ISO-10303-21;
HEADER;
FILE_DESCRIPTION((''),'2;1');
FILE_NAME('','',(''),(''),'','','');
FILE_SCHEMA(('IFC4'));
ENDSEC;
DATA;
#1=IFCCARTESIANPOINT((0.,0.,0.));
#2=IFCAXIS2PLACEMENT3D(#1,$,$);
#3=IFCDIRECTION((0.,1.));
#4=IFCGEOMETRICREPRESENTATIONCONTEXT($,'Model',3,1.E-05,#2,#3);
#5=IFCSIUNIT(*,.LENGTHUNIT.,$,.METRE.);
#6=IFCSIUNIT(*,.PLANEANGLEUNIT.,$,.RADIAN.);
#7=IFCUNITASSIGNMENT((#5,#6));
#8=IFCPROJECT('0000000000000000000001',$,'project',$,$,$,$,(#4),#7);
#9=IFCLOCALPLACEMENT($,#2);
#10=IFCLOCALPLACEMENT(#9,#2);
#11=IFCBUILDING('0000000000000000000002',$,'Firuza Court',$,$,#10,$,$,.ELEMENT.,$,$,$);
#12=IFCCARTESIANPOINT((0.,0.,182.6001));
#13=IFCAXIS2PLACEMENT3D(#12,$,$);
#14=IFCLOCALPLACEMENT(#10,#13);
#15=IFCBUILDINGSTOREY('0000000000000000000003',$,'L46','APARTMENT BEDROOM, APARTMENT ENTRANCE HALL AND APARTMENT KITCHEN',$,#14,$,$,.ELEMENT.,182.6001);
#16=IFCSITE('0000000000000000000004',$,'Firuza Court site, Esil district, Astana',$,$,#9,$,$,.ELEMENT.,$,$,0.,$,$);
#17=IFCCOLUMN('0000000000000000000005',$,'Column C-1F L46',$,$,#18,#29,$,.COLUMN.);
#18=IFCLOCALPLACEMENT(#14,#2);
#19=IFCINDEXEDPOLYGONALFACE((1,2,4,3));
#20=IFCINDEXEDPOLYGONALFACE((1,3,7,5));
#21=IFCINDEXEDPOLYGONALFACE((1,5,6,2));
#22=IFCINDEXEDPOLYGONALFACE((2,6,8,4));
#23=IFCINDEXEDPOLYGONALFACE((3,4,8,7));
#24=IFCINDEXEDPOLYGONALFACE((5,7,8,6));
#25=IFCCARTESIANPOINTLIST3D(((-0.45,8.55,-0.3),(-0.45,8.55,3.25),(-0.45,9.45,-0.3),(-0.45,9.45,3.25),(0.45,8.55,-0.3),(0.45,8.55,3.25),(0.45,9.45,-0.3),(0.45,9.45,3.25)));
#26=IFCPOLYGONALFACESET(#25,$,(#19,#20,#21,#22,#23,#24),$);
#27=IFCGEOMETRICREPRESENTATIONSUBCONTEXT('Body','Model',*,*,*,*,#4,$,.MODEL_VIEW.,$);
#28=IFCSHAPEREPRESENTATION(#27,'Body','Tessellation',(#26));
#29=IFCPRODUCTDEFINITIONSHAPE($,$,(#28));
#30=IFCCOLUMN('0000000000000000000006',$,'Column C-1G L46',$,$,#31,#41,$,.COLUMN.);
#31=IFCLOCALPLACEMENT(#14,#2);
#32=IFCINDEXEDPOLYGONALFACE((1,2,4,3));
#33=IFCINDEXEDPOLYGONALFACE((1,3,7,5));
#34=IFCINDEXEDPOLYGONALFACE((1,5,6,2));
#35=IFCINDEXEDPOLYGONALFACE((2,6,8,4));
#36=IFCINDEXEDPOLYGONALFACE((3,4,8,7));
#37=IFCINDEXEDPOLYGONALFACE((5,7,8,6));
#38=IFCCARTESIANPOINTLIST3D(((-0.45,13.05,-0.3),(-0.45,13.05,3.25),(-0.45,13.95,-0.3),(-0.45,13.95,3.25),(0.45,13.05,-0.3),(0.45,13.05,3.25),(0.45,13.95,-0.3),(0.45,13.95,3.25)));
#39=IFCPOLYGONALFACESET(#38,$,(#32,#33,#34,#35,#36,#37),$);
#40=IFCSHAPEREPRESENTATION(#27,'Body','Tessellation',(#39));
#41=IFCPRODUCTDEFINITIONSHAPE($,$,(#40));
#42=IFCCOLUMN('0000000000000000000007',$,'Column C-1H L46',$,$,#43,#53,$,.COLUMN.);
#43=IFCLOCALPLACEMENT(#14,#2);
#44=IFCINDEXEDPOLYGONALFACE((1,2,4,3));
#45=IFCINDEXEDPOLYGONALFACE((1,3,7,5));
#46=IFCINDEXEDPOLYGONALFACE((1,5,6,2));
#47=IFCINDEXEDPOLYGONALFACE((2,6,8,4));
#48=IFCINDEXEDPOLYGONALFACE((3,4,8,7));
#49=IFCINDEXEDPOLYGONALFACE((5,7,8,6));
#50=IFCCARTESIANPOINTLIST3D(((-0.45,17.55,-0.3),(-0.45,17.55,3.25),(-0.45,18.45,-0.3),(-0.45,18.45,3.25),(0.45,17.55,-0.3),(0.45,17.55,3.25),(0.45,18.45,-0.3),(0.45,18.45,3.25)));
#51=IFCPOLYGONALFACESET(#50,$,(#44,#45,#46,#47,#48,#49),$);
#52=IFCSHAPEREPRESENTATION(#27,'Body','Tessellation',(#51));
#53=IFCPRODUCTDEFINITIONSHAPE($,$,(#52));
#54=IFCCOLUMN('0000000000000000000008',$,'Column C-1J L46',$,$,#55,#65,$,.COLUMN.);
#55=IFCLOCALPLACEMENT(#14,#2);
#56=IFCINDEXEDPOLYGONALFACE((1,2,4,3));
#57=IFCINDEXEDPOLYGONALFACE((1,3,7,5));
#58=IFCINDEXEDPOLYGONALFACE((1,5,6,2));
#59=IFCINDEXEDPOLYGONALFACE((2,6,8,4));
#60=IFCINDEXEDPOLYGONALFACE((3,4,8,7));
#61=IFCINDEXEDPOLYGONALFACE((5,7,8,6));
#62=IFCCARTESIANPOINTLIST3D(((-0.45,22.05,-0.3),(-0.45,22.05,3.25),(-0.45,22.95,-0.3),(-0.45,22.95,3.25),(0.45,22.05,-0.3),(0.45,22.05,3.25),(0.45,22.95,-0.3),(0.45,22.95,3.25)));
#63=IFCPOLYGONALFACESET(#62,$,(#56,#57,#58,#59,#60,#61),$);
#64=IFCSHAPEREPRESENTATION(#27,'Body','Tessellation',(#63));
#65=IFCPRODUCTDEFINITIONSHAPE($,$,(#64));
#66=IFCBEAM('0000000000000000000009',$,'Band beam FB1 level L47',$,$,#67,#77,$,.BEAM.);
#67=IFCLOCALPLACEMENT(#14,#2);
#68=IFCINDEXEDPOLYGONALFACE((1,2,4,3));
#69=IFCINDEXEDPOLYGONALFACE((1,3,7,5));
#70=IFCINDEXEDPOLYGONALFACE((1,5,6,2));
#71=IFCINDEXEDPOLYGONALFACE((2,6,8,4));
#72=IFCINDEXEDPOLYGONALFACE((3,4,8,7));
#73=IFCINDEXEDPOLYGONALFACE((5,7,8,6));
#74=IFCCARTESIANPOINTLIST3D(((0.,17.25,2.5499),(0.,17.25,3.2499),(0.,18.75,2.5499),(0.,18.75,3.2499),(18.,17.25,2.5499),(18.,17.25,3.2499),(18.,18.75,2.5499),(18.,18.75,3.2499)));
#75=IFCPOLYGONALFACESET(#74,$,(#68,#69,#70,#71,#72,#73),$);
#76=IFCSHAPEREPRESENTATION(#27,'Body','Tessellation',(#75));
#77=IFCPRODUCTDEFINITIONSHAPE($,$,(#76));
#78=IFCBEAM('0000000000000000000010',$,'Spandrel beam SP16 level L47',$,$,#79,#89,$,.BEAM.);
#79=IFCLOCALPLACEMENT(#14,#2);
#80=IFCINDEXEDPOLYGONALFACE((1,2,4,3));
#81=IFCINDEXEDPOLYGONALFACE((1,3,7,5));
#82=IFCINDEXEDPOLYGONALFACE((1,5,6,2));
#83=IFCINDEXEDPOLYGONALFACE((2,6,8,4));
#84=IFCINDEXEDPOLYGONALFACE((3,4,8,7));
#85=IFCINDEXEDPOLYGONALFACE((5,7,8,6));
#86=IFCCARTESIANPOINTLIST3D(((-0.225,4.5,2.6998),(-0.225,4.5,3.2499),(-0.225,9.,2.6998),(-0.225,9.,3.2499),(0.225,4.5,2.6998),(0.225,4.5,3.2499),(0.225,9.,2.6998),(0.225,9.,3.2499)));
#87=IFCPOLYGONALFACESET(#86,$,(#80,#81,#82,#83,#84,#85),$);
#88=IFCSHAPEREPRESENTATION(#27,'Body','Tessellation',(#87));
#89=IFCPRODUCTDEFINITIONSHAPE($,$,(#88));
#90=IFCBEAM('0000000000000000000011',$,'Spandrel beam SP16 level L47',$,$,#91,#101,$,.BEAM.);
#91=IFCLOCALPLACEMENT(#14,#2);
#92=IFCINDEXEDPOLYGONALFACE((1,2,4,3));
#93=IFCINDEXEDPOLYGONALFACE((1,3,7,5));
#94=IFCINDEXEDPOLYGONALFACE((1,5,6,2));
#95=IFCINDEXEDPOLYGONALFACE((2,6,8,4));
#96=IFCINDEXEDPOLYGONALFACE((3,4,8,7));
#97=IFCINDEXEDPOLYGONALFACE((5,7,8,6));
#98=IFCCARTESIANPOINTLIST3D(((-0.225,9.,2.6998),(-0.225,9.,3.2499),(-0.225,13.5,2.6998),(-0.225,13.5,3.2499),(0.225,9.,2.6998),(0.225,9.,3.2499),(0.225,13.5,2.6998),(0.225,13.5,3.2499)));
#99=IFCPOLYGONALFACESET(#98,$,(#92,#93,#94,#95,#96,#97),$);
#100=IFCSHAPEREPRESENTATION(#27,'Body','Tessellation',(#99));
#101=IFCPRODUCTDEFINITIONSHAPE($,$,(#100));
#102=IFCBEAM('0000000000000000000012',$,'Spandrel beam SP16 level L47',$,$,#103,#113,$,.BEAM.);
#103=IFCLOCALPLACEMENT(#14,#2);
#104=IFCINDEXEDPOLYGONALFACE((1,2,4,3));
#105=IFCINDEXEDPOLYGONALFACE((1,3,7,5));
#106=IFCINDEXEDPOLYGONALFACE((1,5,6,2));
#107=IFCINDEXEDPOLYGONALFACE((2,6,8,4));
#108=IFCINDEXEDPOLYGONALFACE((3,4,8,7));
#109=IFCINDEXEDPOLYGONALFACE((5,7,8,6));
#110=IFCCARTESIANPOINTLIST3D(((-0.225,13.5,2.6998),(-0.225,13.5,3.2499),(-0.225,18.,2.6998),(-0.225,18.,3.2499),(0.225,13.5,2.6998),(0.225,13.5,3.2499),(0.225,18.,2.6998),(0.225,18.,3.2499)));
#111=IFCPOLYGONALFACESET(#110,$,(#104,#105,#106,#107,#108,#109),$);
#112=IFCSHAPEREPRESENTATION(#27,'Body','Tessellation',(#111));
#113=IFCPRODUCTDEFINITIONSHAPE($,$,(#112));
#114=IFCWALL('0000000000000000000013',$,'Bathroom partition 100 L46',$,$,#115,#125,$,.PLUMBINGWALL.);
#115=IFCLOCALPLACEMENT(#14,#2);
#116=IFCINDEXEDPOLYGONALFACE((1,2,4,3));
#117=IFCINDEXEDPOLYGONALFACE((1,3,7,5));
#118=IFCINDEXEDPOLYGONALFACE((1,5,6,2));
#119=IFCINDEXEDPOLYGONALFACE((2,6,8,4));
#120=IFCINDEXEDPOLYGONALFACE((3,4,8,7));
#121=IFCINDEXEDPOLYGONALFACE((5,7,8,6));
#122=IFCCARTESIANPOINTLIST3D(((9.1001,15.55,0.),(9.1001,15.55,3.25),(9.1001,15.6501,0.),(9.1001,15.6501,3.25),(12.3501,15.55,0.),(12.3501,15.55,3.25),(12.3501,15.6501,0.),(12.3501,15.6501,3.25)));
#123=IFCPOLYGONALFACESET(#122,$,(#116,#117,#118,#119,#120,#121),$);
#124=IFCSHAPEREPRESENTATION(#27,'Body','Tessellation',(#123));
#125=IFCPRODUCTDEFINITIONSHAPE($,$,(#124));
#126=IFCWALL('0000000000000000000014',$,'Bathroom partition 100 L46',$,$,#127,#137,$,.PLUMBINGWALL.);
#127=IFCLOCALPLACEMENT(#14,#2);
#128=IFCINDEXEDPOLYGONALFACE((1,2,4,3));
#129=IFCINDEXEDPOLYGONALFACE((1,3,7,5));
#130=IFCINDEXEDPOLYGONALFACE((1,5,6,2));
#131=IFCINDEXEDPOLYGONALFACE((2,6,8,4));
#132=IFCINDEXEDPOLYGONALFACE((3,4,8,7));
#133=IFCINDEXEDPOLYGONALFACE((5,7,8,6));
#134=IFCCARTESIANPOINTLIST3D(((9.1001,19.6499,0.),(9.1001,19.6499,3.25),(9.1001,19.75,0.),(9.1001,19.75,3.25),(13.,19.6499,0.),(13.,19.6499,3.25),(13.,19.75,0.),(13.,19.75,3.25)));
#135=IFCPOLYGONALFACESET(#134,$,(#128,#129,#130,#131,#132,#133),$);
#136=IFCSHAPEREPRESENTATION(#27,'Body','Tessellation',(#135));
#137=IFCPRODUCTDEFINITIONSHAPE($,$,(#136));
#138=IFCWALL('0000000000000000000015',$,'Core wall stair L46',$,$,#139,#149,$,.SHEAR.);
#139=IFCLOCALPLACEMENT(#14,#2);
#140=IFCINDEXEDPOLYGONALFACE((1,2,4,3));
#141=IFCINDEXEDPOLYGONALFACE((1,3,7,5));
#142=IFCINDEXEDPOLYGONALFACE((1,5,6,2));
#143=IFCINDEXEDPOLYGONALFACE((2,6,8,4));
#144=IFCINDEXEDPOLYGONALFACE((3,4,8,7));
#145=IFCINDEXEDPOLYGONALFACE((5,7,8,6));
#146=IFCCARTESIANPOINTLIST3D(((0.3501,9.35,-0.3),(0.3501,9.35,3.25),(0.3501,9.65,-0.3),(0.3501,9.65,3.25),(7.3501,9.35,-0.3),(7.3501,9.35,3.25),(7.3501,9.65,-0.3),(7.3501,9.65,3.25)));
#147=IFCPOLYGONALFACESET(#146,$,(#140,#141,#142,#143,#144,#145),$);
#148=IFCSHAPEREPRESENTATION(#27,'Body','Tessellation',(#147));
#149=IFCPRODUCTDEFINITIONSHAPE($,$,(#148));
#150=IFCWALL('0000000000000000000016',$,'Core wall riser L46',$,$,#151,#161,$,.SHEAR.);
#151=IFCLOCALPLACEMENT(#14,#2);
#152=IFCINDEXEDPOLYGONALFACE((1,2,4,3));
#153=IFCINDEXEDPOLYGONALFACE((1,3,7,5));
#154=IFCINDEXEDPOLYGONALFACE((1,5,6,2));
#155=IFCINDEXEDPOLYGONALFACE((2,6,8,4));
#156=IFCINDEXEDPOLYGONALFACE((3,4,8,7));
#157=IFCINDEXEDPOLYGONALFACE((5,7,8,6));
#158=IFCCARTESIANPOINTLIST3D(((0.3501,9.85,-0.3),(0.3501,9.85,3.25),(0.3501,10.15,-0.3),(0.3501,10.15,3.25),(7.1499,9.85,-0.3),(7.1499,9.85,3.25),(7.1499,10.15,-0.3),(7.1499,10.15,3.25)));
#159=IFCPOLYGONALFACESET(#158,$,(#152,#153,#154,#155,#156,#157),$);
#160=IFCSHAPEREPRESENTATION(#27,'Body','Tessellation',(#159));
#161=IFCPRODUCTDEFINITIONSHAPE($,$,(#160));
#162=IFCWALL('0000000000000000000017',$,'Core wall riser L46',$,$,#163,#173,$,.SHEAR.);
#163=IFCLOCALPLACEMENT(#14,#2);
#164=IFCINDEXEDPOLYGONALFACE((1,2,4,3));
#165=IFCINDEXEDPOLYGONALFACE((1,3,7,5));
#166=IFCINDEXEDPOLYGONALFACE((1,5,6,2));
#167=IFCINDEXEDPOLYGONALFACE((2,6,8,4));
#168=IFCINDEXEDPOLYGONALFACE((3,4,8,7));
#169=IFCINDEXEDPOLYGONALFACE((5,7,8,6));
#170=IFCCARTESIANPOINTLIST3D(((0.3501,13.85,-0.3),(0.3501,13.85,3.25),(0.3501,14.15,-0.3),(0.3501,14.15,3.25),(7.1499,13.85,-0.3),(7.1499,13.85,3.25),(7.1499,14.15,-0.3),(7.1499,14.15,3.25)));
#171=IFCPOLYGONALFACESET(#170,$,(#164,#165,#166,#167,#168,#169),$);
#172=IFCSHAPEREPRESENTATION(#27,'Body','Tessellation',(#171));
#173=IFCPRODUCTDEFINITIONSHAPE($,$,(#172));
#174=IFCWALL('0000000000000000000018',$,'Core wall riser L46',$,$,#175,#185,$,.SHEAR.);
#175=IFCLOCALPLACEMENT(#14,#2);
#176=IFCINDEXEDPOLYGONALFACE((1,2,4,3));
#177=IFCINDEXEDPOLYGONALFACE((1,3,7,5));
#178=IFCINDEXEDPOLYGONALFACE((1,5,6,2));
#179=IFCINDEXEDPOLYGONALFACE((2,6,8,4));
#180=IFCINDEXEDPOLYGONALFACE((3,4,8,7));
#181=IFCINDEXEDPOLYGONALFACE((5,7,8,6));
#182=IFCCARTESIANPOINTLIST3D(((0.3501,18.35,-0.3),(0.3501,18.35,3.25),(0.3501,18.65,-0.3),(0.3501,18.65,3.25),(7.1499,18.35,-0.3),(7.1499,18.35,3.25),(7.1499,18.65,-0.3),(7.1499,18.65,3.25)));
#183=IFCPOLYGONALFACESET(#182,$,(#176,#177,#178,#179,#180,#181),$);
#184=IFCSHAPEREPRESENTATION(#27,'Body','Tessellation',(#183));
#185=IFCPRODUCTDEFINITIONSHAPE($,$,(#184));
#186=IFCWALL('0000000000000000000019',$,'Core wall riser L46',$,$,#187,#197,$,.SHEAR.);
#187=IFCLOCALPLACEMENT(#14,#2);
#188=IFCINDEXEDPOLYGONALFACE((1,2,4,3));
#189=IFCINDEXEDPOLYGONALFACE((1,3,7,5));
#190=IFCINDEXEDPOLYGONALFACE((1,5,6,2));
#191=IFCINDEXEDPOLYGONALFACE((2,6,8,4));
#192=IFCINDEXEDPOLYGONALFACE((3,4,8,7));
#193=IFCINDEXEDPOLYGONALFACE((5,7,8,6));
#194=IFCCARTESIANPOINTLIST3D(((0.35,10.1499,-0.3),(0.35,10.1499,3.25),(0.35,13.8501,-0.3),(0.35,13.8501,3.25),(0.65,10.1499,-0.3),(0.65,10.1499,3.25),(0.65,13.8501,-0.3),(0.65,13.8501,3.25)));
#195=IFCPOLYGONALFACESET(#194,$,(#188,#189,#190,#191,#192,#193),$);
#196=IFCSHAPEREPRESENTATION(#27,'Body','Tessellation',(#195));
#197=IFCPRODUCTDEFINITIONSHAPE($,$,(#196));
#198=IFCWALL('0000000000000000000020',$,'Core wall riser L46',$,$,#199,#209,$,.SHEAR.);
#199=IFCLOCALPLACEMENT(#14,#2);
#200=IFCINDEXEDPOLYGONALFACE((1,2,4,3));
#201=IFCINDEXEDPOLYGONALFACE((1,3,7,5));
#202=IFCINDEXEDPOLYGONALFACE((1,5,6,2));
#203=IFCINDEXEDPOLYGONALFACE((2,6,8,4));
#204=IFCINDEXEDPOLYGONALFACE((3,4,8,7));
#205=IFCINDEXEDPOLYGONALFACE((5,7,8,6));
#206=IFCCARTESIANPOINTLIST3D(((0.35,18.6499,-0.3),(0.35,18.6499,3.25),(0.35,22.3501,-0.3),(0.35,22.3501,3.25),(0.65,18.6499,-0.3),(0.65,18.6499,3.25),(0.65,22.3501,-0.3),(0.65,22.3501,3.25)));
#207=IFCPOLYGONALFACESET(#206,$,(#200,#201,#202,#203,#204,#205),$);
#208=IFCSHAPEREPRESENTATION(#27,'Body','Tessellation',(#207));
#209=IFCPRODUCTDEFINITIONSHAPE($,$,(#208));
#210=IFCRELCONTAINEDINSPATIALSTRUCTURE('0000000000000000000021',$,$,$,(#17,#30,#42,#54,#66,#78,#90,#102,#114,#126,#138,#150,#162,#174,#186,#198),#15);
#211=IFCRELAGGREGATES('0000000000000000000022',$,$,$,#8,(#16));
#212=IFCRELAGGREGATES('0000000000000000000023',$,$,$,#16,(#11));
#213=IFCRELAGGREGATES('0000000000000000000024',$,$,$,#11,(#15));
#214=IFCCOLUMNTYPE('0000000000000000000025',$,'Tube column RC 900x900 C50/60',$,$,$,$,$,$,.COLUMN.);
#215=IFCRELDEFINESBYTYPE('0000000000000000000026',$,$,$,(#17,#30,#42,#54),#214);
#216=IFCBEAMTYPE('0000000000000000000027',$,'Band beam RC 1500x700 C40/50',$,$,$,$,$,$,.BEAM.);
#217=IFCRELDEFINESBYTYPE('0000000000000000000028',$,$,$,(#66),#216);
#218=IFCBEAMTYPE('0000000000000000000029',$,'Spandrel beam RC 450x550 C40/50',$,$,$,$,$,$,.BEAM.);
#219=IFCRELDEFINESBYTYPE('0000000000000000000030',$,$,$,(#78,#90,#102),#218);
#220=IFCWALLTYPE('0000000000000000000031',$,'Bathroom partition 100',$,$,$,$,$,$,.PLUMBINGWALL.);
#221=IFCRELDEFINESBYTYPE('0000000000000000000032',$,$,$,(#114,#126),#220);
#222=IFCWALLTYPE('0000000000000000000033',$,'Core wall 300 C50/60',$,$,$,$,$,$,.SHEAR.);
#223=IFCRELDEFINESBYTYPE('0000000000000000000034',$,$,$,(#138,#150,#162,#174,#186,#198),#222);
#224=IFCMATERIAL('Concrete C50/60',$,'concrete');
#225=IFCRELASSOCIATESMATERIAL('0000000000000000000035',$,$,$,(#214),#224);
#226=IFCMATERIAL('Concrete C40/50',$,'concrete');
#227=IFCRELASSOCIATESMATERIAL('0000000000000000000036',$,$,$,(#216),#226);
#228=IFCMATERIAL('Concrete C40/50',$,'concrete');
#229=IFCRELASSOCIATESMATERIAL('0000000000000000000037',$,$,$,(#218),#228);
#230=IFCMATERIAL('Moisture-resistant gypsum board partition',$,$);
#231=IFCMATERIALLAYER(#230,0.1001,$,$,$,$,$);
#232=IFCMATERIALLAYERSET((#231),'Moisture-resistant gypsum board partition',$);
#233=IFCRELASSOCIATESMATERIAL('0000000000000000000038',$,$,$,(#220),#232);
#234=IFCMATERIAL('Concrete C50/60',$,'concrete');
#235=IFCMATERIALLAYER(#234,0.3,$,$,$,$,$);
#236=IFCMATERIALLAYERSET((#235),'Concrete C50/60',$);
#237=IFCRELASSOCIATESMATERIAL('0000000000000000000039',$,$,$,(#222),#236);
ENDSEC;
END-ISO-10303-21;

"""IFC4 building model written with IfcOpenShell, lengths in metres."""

from ifc_helpers import new_model, si_unit, direction, frame, frame_2d, origin, origin_2d, place, context, subcontext, project, spatial, rectangle, extrude, material, layer, layer_set, material_profile, profile_set, type_object, element, save


model = new_model("IFC4")

# Units and contexts
model_context = context("Model", 3, precision=1e-05, world=origin(), true_north=direction((0.0, 1.0)))
body_context = subcontext(model_context, "Body", "Model", "MODEL_VIEW")
ifc_project = project(units=[si_unit("LENGTHUNIT", "METRE"), si_unit("PLANEANGLEUNIT", "RADIAN")], contexts=[model_context])

# Site, building, storey
site_placement = place(None, origin())
site = spatial("IfcSite", under=ifc_project, at=site_placement, Name="Firuza Court site, Esil district, Astana", CompositionType="ELEMENT", RefElevation=0.0)
building_placement = place(site_placement, origin())
building = spatial("IfcBuilding", under=site, at=building_placement, Name="Firuza Court", CompositionType="ELEMENT")
storey_placement = place(building_placement, frame((0.0, 0.0, 182.6001)))
storey = spatial("IfcBuildingStorey", under=building, at=storey_placement, Name="L46", Description="APARTMENT BEDROOM, APARTMENT ENTRANCE HALL AND APARTMENT KITCHEN", CompositionType="ELEMENT", Elevation=182.6001)

# Columns
ifc_material_1 = material(Name="Concrete C50/60", Category="concrete")
ifc_material_profile_1 = material_profile(ifc_material_1, rectangle(XDim=0.8999, YDim=0.8999, at=origin_2d()), Name="RC 900x900")
ifc_profile_set_1 = profile_set([ifc_material_profile_1], Name="Concrete C50/60")
column_type = type_object("IfcColumnType", Name="Tube column RC 900x900 C50/60", PredefinedType="COLUMN", material=ifc_profile_set_1)
for number, where, z_axis, x_axis, name in (
    (1, (0.0, 9.0, -0.3), (0.0, 0.0, 1.0), (1.0, 0.0, 0.0), "Column C-1F L46"),
    (2, (0.0, 13.5, -0.3), (0.0, 0.0, 1.0), (1.0, 0.0, 0.0), "Column C-1G L46"),
    (3, (0.0, 18.0, -0.3), (0.0, 0.0, 1.0), (1.0, 0.0, 0.0), "Column C-1H L46"),
    (4, (0.0, 22.5, -0.3), (0.0, 0.0, 1.0), (1.0, 0.0, 0.0), "Column C-1J L46"),
):
    element("IfcColumn", number, at=place(storey_placement, frame(where, z_axis=z_axis, x_axis=x_axis)), inside=storey, type_object=column_type, Name=name, PredefinedType="COLUMN", context=body_context, shape_type="SweptSolid", body=[
        extrude(rectangle(XDim=0.8999, YDim=0.8999, at=origin_2d()), origin(), (0.0, 0.0, 1.0), 3.55),
    ])

# Beams
ifc_material_2 = material(Name="Concrete C40/50", Category="concrete")
ifc_material_profile_2 = material_profile(ifc_material_2, rectangle(XDim=1.5, YDim=0.7, at=origin_2d()), Name="RC 1500x700")
ifc_profile_set_2 = profile_set([ifc_material_profile_2], Name="Concrete C40/50")
beam_type_1 = type_object("IfcBeamType", Name="Band beam RC 1500x700 C40/50", PredefinedType="BEAM", material=ifc_profile_set_2)
beam_placement = place(storey_placement, frame((0.0, 18.0, 2.8999), z_axis=(1.0, 0.0, 0.0), x_axis=(0.0, 1.0, 0.0)))
element("IfcBeam", 5, at=beam_placement, inside=storey, type_object=beam_type_1, Name="Band beam FB1 level L47", PredefinedType="BEAM", context=body_context, shape_type="SweptSolid", body=[
    extrude(rectangle(XDim=1.5, YDim=0.7, at=origin_2d()), origin(), (0.0, 0.0, 1.0), 18.0),
])
ifc_material_3 = material(Name="Concrete C40/50", Category="concrete")
ifc_material_profile_3 = material_profile(ifc_material_3, rectangle(XDim=0.45, YDim=0.55, at=origin_2d()), Name="RC 450x550")
ifc_profile_set_3 = profile_set([ifc_material_profile_3], Name="Concrete C40/50")
beam_type_2 = type_object("IfcBeamType", Name="Spandrel beam RC 450x550 C40/50", PredefinedType="BEAM", material=ifc_profile_set_3)
for number, where, z_axis, x_axis, name in (
    (6, (0.0, 9.0, 2.9749), (0.0, -1.0, 0.0), (1.0, 0.0, 0.0), "Spandrel beam SP16 level L47"),
    (7, (0.0, 13.5, 2.9749), (0.0, -1.0, 0.0), (1.0, 0.0, 0.0), "Spandrel beam SP16 level L47"),
    (8, (0.0, 18.0, 2.9749), (0.0, -1.0, 0.0), (1.0, 0.0, 0.0), "Spandrel beam SP16 level L47"),
):
    element("IfcBeam", number, at=place(storey_placement, frame(where, z_axis=z_axis, x_axis=x_axis)), inside=storey, type_object=beam_type_2, Name=name, PredefinedType="BEAM", context=body_context, shape_type="SweptSolid", body=[
        extrude(rectangle(XDim=0.45, YDim=0.55, at=origin_2d()), origin(), (0.0, 0.0, 1.0), 4.5),
    ])

# Walls
ifc_material_4 = material(Name="Moisture-resistant gypsum board partition")
ifc_layer_1 = layer(ifc_material_4, 0.1001)
ifc_layer_set_1 = layer_set([ifc_layer_1], Name="Moisture-resistant gypsum board partition")
wall_type_1 = type_object("IfcWallType", Name="Bathroom partition 100", PredefinedType="PLUMBINGWALL", material=ifc_layer_set_1)
wall_1_placement = place(storey_placement, frame((9.1001, 15.6001, 0.0), z_axis=(0.0, 0.0, 1.0), x_axis=(1.0, 0.0, 0.0)))
element("IfcWall", 9, at=wall_1_placement, inside=storey, type_object=wall_type_1, Name="Bathroom partition 100 L46", PredefinedType="PLUMBINGWALL", context=body_context, shape_type="SweptSolid", body=[
    extrude(rectangle(XDim=3.25, YDim=0.1001, at=frame_2d((1.625, 0.0))), origin(), (0.0, 0.0, 1.0), 3.25),
])
wall_2_placement = place(storey_placement, frame((9.1001, 19.7, 0.0), z_axis=(0.0, 0.0, 1.0), x_axis=(1.0, 0.0, 0.0)))
element("IfcWall", 10, at=wall_2_placement, inside=storey, type_object=wall_type_1, Name="Bathroom partition 100 L46", PredefinedType="PLUMBINGWALL", context=body_context, shape_type="SweptSolid", body=[
    extrude(rectangle(XDim=3.8999, YDim=0.1001, at=frame_2d((1.95, 0.0))), origin(), (0.0, 0.0, 1.0), 3.25),
])
ifc_material_5 = material(Name="Concrete C50/60", Category="concrete")
ifc_layer_2 = layer(ifc_material_5, 0.3)
ifc_layer_set_2 = layer_set([ifc_layer_2], Name="Concrete C50/60")
wall_type_2 = type_object("IfcWallType", Name="Core wall 300 C50/60", PredefinedType="SHEAR", material=ifc_layer_set_2)
wall_3_placement = place(storey_placement, frame((0.3501, 9.5, -0.3), z_axis=(0.0, 0.0, 1.0), x_axis=(1.0, 0.0, 0.0)))
element("IfcWall", 11, at=wall_3_placement, inside=storey, type_object=wall_type_2, Name="Core wall stair L46", PredefinedType="SHEAR", context=body_context, shape_type="SweptSolid", body=[
    extrude(rectangle(XDim=7.0, YDim=0.3, at=frame_2d((3.5, 0.0))), origin(), (0.0, 0.0, 1.0), 3.55),
])
for number, where, z_axis, x_axis, name in (
    (12, (0.3501, 10.0, -0.3), (0.0, 0.0, 1.0), (1.0, 0.0, 0.0), "Core wall riser L46"),
    (13, (0.3501, 14.0, -0.3), (0.0, 0.0, 1.0), (1.0, 0.0, 0.0), "Core wall riser L46"),
    (14, (0.3501, 18.5, -0.3), (0.0, 0.0, 1.0), (1.0, 0.0, 0.0), "Core wall riser L46"),
):
    element("IfcWall", number, at=place(storey_placement, frame(where, z_axis=z_axis, x_axis=x_axis)), inside=storey, type_object=wall_type_2, Name=name, PredefinedType="SHEAR", context=body_context, shape_type="SweptSolid", body=[
        extrude(rectangle(XDim=6.7998, YDim=0.3, at=frame_2d((3.3999, 0.0))), origin(), (0.0, 0.0, 1.0), 3.55),
    ])
for number, where, z_axis, x_axis, name in (
    (15, (0.5, 10.1499, -0.3), (0.0, 0.0, 1.0), (0.0, 1.0, 0.0), "Core wall riser L46"),
    (16, (0.5, 18.6499, -0.3), (0.0, 0.0, 1.0), (0.0, 1.0, 0.0), "Core wall riser L46"),
):
    element("IfcWall", number, at=place(storey_placement, frame(where, z_axis=z_axis, x_axis=x_axis)), inside=storey, type_object=wall_type_2, Name=name, PredefinedType="SHEAR", context=body_context, shape_type="SweptSolid", body=[
        extrude(rectangle(XDim=3.7002, YDim=0.3, at=frame_2d((1.8501, 0.0))), origin(), (0.0, 0.0, 1.0), 3.55),
    ])

save(model, "model.ifc")
